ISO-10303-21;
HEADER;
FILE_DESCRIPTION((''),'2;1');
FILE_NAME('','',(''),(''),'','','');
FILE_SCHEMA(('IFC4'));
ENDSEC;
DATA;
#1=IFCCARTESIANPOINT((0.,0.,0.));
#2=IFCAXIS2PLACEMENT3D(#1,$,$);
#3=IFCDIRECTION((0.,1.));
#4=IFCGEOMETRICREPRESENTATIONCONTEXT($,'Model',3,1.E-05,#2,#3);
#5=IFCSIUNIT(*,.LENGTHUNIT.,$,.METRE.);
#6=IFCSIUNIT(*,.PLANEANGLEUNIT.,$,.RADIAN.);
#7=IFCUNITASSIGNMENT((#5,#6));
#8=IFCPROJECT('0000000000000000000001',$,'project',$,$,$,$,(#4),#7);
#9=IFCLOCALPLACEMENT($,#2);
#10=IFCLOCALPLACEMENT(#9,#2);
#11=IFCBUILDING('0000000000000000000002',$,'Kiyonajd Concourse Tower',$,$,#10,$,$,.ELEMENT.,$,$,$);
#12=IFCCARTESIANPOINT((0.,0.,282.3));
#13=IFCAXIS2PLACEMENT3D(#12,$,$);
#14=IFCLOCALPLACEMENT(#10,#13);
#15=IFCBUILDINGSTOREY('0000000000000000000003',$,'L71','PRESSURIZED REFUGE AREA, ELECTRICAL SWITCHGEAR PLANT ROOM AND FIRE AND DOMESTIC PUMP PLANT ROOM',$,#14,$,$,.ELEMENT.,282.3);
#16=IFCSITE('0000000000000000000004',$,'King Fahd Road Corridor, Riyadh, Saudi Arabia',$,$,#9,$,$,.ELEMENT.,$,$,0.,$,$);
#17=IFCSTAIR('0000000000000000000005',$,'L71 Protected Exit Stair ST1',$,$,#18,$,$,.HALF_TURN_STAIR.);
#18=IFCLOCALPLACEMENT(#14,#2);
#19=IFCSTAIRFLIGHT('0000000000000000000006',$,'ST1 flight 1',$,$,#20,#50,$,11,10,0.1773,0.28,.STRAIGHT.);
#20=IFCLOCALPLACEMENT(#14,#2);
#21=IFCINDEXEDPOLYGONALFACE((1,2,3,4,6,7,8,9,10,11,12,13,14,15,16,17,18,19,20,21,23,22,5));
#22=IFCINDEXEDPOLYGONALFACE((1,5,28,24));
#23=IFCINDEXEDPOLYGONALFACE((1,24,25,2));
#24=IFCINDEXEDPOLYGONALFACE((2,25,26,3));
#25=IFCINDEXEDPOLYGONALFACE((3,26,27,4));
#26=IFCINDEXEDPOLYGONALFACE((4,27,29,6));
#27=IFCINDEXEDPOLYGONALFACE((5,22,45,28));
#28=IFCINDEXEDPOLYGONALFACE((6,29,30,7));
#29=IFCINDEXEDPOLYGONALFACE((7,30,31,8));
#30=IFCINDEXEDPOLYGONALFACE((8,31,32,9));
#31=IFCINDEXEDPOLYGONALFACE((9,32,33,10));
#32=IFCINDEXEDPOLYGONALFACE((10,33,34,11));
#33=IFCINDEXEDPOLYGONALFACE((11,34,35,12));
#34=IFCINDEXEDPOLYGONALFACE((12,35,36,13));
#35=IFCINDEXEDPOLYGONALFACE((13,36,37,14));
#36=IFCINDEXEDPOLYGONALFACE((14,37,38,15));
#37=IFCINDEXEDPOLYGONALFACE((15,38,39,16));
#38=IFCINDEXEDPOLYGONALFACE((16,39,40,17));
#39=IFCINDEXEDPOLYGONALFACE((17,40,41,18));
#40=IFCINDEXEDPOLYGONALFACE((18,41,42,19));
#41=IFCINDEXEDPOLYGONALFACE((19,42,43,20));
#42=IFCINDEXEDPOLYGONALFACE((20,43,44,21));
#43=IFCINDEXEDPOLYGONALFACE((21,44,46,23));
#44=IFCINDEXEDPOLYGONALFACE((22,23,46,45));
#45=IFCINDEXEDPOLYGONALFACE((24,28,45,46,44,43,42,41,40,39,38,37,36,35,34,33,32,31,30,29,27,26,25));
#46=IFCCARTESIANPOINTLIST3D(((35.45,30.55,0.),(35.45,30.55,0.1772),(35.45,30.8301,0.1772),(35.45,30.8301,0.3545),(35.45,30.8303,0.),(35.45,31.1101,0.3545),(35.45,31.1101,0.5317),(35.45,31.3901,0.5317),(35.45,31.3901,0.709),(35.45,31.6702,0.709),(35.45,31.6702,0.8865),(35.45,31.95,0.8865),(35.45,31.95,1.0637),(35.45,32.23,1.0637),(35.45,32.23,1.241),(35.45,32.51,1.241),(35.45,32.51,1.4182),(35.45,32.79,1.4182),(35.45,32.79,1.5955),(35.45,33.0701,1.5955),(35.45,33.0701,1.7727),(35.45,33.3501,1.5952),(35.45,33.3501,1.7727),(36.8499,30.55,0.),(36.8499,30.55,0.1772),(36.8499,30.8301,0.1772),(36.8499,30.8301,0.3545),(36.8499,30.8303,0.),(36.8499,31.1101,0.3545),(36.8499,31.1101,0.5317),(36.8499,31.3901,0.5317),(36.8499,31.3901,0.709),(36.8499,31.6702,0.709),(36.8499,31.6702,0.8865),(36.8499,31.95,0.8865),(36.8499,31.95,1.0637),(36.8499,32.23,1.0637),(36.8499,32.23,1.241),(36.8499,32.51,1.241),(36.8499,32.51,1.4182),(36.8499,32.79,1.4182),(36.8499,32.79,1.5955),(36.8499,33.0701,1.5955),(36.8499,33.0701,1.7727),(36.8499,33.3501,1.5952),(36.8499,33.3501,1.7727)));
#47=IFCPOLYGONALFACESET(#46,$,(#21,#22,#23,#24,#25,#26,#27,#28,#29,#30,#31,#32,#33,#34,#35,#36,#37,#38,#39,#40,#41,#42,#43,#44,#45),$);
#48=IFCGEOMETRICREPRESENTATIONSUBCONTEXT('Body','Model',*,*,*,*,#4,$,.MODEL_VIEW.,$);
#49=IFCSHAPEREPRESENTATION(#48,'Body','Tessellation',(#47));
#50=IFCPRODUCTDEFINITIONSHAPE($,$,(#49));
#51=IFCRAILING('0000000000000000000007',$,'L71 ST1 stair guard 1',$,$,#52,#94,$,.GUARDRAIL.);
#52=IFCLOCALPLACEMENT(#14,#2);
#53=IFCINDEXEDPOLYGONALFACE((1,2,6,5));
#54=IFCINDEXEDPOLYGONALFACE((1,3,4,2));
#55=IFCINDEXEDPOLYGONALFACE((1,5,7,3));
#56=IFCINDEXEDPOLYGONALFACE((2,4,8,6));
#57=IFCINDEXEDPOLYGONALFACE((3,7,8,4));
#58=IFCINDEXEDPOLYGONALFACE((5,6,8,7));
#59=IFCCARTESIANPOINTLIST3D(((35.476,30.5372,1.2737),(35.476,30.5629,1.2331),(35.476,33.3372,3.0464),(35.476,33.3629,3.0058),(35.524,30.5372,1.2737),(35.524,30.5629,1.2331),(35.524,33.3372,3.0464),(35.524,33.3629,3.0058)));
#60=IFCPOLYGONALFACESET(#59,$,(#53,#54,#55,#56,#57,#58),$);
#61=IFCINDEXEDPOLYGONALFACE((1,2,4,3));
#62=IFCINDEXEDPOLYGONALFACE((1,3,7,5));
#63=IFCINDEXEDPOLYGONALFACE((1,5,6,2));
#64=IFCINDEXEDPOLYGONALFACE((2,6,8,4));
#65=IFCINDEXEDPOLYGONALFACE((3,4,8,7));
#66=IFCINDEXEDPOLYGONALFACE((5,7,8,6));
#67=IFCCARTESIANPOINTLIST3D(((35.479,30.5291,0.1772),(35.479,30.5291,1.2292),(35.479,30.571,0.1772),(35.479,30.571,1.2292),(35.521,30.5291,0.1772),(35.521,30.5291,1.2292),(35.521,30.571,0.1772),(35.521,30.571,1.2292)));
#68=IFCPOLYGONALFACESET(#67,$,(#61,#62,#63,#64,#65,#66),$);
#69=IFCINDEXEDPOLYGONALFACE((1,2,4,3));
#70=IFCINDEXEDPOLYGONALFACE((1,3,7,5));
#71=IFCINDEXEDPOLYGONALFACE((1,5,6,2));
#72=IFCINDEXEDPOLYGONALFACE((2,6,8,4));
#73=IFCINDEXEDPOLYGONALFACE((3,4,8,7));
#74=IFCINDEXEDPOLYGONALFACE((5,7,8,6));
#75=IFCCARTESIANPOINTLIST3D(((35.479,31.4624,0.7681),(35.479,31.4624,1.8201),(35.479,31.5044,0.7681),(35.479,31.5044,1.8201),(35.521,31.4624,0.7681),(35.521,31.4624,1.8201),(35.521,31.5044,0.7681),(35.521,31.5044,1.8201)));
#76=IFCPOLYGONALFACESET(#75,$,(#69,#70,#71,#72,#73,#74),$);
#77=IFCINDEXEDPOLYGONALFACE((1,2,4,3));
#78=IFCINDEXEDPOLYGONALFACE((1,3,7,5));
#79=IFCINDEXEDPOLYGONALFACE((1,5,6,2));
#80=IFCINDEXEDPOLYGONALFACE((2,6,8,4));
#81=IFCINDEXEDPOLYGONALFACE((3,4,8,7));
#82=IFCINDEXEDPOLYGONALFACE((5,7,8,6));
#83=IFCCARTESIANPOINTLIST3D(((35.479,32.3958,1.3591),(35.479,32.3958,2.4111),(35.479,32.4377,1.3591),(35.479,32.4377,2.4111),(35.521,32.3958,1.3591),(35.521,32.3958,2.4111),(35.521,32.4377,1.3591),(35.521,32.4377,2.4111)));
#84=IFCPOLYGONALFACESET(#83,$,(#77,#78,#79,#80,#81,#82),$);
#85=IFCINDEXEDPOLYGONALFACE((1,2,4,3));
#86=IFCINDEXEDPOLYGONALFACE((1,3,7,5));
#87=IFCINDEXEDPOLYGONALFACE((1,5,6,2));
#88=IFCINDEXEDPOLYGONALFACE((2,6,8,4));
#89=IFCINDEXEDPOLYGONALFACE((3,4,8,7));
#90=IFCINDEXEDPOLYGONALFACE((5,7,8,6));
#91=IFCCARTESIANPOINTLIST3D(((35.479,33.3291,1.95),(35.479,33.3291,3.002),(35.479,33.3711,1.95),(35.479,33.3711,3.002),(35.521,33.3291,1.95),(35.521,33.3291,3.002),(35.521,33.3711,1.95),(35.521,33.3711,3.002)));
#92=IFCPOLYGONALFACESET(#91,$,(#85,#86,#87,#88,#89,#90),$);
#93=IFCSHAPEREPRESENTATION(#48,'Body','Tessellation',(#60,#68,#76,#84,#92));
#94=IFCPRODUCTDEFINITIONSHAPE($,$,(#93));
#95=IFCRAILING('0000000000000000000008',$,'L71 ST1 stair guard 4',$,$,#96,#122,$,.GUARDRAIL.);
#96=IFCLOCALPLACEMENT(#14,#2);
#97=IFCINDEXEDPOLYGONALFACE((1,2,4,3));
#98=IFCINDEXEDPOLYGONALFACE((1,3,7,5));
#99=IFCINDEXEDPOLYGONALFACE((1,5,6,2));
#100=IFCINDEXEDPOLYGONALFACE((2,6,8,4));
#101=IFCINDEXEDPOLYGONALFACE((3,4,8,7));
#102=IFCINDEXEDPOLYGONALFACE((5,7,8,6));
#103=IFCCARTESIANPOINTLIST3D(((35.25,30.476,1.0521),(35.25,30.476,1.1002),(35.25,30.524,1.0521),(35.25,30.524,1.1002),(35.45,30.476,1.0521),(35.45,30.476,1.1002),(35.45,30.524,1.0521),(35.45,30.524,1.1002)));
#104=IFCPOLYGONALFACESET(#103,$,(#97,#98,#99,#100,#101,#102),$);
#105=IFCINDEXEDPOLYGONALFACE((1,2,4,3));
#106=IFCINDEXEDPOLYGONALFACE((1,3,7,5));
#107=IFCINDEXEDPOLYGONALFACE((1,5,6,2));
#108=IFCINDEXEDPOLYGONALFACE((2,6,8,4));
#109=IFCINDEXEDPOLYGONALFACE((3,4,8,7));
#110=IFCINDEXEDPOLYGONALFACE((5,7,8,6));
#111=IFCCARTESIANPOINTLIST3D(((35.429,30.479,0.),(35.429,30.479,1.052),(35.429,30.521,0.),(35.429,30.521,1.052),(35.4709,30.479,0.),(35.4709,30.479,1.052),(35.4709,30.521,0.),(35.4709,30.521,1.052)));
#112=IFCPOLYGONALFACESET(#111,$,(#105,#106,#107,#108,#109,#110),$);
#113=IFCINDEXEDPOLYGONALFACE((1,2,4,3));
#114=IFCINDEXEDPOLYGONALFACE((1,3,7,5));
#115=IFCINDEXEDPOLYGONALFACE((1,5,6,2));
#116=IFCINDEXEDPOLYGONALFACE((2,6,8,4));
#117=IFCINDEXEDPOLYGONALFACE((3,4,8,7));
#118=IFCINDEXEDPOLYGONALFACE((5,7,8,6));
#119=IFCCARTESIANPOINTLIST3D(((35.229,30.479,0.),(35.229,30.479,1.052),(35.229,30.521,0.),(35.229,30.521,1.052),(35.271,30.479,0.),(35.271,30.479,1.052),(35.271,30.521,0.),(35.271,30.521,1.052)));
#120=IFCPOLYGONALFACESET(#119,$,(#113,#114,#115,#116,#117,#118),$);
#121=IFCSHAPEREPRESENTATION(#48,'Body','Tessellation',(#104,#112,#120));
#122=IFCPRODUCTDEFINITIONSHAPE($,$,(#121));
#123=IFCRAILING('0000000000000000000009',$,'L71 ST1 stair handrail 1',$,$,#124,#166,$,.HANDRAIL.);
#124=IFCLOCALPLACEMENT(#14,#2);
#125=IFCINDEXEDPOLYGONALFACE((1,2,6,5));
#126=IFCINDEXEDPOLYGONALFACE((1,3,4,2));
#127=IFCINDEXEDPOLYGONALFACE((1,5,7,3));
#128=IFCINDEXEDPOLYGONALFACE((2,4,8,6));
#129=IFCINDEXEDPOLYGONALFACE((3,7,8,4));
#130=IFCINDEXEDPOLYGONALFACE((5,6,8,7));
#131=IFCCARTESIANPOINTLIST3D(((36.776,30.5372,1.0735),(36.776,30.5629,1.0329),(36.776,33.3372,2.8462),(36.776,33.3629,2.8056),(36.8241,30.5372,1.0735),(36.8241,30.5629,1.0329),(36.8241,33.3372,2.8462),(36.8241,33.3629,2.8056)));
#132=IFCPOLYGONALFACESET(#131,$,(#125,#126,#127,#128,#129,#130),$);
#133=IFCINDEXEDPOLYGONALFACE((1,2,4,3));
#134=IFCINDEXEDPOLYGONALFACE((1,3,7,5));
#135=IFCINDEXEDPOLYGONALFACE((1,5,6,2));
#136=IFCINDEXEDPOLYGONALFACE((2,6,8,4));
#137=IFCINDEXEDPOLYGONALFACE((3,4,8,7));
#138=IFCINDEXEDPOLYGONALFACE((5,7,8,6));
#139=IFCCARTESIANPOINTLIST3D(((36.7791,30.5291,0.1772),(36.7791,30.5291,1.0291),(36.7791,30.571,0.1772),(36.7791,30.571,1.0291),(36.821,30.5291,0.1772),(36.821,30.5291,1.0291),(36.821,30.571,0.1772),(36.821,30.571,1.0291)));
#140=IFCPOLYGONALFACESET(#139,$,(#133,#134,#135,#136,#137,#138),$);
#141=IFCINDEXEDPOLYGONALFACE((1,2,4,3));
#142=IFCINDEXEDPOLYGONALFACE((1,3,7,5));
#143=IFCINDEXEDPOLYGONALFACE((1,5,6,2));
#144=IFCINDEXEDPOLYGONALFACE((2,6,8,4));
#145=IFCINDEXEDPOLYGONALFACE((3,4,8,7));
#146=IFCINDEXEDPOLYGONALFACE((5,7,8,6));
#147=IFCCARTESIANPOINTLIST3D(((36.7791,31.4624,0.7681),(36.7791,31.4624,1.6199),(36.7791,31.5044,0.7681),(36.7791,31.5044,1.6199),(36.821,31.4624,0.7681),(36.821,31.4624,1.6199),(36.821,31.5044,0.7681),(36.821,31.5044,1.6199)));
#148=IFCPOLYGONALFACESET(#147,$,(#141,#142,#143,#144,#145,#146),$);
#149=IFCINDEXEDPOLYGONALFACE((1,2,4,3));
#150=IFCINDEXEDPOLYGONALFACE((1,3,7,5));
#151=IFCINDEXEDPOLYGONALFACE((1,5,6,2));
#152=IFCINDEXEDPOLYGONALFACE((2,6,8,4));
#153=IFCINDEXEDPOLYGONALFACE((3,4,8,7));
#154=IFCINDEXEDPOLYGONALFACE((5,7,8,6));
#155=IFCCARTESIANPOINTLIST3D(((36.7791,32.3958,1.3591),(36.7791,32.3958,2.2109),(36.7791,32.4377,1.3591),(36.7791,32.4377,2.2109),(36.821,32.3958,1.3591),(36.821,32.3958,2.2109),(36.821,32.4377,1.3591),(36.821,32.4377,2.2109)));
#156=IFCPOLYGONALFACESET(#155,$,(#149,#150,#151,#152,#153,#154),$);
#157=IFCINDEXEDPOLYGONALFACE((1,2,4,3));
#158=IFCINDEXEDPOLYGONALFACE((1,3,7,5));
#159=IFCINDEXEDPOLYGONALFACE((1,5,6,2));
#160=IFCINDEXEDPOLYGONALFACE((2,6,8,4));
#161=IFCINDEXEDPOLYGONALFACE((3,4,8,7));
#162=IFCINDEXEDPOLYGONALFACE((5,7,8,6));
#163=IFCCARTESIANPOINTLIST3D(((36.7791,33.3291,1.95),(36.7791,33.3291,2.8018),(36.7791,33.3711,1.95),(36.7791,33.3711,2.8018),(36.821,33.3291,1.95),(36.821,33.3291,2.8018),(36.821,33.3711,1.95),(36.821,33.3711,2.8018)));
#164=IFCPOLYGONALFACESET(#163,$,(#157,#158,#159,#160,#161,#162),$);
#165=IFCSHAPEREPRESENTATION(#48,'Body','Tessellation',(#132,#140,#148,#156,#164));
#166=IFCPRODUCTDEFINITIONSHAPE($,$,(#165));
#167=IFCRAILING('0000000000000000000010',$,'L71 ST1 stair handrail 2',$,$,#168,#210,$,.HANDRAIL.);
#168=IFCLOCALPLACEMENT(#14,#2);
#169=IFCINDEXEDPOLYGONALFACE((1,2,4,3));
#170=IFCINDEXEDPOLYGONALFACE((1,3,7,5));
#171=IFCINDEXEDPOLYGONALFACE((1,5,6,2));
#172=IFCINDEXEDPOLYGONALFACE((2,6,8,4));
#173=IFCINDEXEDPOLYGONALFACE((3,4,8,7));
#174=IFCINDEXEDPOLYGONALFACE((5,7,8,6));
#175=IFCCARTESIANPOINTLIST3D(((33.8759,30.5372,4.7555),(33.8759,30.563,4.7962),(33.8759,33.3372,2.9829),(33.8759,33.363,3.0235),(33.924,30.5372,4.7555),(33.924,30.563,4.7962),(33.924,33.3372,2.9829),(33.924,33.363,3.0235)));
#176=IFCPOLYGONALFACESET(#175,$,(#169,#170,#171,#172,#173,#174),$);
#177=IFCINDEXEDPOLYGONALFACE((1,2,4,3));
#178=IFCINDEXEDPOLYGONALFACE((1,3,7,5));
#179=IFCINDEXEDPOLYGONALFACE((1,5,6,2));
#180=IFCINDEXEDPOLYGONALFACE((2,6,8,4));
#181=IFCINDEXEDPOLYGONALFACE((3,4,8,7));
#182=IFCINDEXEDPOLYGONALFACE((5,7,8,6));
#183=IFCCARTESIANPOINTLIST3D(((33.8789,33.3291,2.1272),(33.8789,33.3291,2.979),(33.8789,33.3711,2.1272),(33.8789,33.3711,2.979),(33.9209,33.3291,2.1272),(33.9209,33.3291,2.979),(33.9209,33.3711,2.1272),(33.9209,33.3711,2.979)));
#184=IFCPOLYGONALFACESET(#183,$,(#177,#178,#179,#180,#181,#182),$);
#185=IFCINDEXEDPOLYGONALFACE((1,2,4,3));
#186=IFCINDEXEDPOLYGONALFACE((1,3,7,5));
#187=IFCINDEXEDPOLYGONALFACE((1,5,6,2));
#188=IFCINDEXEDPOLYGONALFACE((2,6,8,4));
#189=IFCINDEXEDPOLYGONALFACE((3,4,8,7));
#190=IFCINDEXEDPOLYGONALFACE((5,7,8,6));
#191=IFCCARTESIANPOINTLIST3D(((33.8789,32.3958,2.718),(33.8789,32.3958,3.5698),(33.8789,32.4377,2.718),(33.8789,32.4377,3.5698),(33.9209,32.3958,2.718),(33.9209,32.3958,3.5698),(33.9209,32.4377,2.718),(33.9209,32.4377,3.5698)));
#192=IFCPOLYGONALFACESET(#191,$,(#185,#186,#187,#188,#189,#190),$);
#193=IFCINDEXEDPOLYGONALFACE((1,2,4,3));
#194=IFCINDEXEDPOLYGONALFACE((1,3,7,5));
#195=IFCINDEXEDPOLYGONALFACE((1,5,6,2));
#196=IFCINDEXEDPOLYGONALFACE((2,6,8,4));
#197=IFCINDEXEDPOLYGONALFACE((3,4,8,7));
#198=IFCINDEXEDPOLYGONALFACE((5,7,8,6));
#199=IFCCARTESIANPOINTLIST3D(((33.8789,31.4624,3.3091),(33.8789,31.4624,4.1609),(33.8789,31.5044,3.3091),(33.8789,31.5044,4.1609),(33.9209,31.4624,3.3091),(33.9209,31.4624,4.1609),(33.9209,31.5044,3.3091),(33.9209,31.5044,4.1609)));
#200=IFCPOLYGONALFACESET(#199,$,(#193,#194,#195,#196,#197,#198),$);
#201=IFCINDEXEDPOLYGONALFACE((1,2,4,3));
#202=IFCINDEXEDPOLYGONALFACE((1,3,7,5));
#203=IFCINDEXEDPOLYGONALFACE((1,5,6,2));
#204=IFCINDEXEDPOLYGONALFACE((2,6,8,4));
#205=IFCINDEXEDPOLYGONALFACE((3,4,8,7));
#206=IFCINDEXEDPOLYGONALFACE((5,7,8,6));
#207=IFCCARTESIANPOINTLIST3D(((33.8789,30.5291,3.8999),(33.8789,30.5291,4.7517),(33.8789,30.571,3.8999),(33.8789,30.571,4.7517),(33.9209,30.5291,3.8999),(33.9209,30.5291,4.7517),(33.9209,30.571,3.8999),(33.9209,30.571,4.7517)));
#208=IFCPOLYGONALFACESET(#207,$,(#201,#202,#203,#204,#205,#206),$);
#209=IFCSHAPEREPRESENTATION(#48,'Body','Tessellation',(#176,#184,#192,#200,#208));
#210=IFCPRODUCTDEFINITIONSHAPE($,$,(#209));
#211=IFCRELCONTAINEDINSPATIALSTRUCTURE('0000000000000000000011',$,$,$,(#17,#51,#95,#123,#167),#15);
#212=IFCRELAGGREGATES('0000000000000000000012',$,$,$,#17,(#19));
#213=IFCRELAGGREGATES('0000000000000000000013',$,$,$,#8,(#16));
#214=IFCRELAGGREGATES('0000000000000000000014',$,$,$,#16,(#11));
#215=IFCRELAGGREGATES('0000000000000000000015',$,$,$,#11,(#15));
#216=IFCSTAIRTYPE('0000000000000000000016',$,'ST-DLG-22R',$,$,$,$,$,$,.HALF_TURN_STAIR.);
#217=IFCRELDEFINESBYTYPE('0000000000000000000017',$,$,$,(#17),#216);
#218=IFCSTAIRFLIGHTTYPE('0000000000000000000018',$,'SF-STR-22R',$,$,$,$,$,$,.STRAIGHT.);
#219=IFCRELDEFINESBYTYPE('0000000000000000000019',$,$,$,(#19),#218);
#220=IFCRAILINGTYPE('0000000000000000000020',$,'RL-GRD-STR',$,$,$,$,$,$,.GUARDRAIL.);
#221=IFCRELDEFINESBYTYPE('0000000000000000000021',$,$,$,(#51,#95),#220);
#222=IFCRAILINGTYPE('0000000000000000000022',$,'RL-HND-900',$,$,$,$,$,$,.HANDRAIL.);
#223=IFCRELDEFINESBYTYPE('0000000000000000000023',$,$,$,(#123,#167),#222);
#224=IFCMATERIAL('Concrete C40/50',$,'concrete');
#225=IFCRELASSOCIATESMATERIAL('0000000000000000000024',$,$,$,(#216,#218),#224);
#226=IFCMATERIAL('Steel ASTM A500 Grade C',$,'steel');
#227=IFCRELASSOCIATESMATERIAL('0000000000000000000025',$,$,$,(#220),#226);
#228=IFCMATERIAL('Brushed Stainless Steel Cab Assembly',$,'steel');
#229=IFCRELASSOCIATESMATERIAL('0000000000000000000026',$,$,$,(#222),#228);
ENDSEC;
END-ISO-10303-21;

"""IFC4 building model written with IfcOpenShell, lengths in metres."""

from ifc_helpers import new_model, si_unit, direction, frame, origin, origin_2d, place, context, subcontext, project, spatial, polyline, rectangle, outline, extrude, material, type_object, element, aggregate, save


model = new_model("IFC4")

# Units and contexts
model_context = context("Model", 3, precision=1e-05, world=origin(), true_north=direction((0.0, 1.0)))
body_context = subcontext(model_context, "Body", "Model", "MODEL_VIEW")
ifc_project = project(units=[si_unit("LENGTHUNIT", "METRE"), si_unit("PLANEANGLEUNIT", "RADIAN")], contexts=[model_context])

# Site, building, storey
site_placement = place(None, origin())
site = spatial("IfcSite", under=ifc_project, at=site_placement, Name="King Fahd Road Corridor, Riyadh, Saudi Arabia", CompositionType="ELEMENT", RefElevation=0.0)
building_placement = place(site_placement, origin())
building = spatial("IfcBuilding", under=site, at=building_placement, Name="Kiyonajd Concourse Tower", CompositionType="ELEMENT")
storey_placement = place(building_placement, frame((0.0, 0.0, 282.3)))
storey = spatial("IfcBuildingStorey", under=building, at=storey_placement, Name="L71", Description="PRESSURIZED REFUGE AREA, ELECTRICAL SWITCHGEAR PLANT ROOM AND FIRE AND DOMESTIC PUMP PLANT ROOM", CompositionType="ELEMENT", Elevation=282.3)

# Shared definitions
ifc_material_1 = material(Name="Steel ASTM A500 Grade C", Category="steel")

# Shared definitions
ifc_material_2 = material(Name="Brushed Stainless Steel Cab Assembly", Category="steel")

# Stair, stair flight
ifc_material_3 = material(Name="Concrete C40/50", Category="concrete")
stair_type = type_object("IfcStairType", Name="ST-DLG-22R", PredefinedType="HALF_TURN_STAIR", material=ifc_material_3)
stair_placement = place(storey_placement, origin())
stair = element("IfcStair", 1, at=stair_placement, inside=storey, type_object=stair_type, Name="L71 Protected Exit Stair ST1", PredefinedType="HALF_TURN_STAIR")
stair_flight_type = type_object("IfcStairFlightType", Name="SF-STR-22R", PredefinedType="STRAIGHT", material=ifc_material_3)
stair_flight_placement = place(storey_placement, frame((36.1499, 30.55, 0.0), z_axis=(0.0, 0.0, 1.0), x_axis=(0.0, 1.0, 0.0)))
stair_flight = element("IfcStairFlight", 2, at=stair_flight_placement, type_object=stair_flight_type, Name="ST1 flight 1", NumberOfRisers=11, NumberOfTreads=10, PredefinedType="STRAIGHT", RiserHeight=0.1773, TreadLength=0.28, context=body_context, shape_type="SweptSolid", body=[
    extrude(outline(polyline([(0.0, 0.0), (0.0, 0.1772), (0.28, 0.1772), (0.28, 0.3545), (0.5601, 0.3545), (0.5601, 0.5317), (0.8401, 0.5317), (0.8401, 0.709), (1.1201, 0.709), (1.1201, 0.8865), (1.3999, 0.8865), (1.3999, 1.0637), (1.6799, 1.0637), (1.6799, 1.241), (1.96, 1.241), (1.96, 1.4182), (2.24, 1.4182), (2.24, 1.5955), (2.52, 1.5955), (2.52, 1.7727), (2.8, 1.7727), (2.8, 1.95), (2.8, 1.5952), (0.2803, 0.0), (0.0, 0.0)])), frame((0.0, 0.7, 0.0), z_axis=(0.0, -1.0, 0.0), x_axis=(1.0, 0.0, 0.0)), (0.0, 0.0, 1.0), 1.3999),
])
aggregate(stair, [stair_flight])

# Railings
railing_type_1 = type_object("IfcRailingType", Name="RL-GRD-STR", PredefinedType="GUARDRAIL", material=ifc_material_1)
railing_1_placement = place(storey_placement, frame((35.5, 30.55, 0.1772)))
element("IfcRailing", 3, at=railing_1_placement, inside=storey, type_object=railing_type_1, Name="L71 ST1 stair guard 1", PredefinedType="GUARDRAIL", context=body_context, shape_type="SweptSolid", body=[
    extrude(rectangle(XDim=0.0481, YDim=0.0481, at=origin_2d()), frame((0.0, 0.0, 1.0762), z_axis=(0.0, 0.844909, 0.53491), x_axis=(-1.0, 0.0, 0.0)), (0.0, 0.0, 1.0), 3.314),
    extrude(rectangle(XDim=0.042, YDim=0.042, at=origin_2d()), origin(), (0.0, 0.0, 1.0), 1.052),
    extrude(rectangle(XDim=0.042, YDim=0.042, at=origin_2d()), frame((0.0, 0.9333, 0.5908)), (0.0, 0.0, 1.0), 1.052),
    extrude(rectangle(XDim=0.042, YDim=0.042, at=origin_2d()), frame((0.0, 1.8667, 1.1819)), (0.0, 0.0, 1.0), 1.052),
    extrude(rectangle(XDim=0.042, YDim=0.042, at=origin_2d()), frame((0.0, 2.8, 1.7727)), (0.0, 0.0, 1.0), 1.052),
])
railing_2_placement = place(storey_placement, frame((35.45, 30.5, 0.0)))
element("IfcRailing", 4, at=railing_2_placement, inside=storey, type_object=railing_type_1, Name="L71 ST1 stair guard 4", PredefinedType="GUARDRAIL", context=body_context, shape_type="SweptSolid", body=[
    extrude(rectangle(XDim=0.0481, YDim=0.0481, at=origin_2d()), frame((0.0, 0.0, 1.0762), z_axis=(-1.0, 0.0, 0.0), x_axis=(0.0, -1.0, 0.0)), (0.0, 0.0, 1.0), 0.2),
    extrude(rectangle(XDim=0.042, YDim=0.042, at=origin_2d()), origin(), (0.0, 0.0, 1.0), 1.052),
    extrude(rectangle(XDim=0.042, YDim=0.042, at=origin_2d()), frame((-0.2, 0.0, 0.0)), (0.0, 0.0, 1.0), 1.052),
])
railing_type_2 = type_object("IfcRailingType", Name="RL-HND-900", PredefinedType="HANDRAIL", material=ifc_material_2)
railing_3_placement = place(storey_placement, frame((36.8, 30.55, 0.1772)))
element("IfcRailing", 5, at=railing_3_placement, inside=storey, type_object=railing_type_2, Name="L71 ST1 stair handrail 1", PredefinedType="HANDRAIL", context=body_context, shape_type="SweptSolid", body=[
    extrude(rectangle(XDim=0.0481, YDim=0.0481, at=origin_2d()), frame((0.0, 0.0, 0.876), z_axis=(0.0, 0.844909, 0.53491), x_axis=(-1.0, 0.0, 0.0)), (0.0, 0.0, 1.0), 3.314),
    extrude(rectangle(XDim=0.042, YDim=0.042, at=origin_2d()), origin(), (0.0, 0.0, 1.0), 0.8518),
    extrude(rectangle(XDim=0.042, YDim=0.042, at=origin_2d()), frame((0.0, 0.9333, 0.5908)), (0.0, 0.0, 1.0), 0.8518),
    extrude(rectangle(XDim=0.042, YDim=0.042, at=origin_2d()), frame((0.0, 1.8667, 1.1819)), (0.0, 0.0, 1.0), 0.8518),
    extrude(rectangle(XDim=0.042, YDim=0.042, at=origin_2d()), frame((0.0, 2.8, 1.7727)), (0.0, 0.0, 1.0), 0.8518),
])
railing_4_placement = place(storey_placement, frame((33.8999, 33.3501, 2.1272)))
element("IfcRailing", 6, at=railing_4_placement, inside=storey, type_object=railing_type_2, Name="L71 ST1 stair handrail 2", PredefinedType="HANDRAIL", context=body_context, shape_type="SweptSolid", body=[
    extrude(rectangle(XDim=0.0481, YDim=0.0481, at=origin_2d()), frame((0.0, 0.0, 0.876), z_axis=(0.0, -0.844909, 0.53491), x_axis=(1.0, 0.0, 0.0)), (0.0, 0.0, 1.0), 3.314),
    extrude(rectangle(XDim=0.042, YDim=0.042, at=origin_2d()), origin(), (0.0, 0.0, 1.0), 0.8518),
    extrude(rectangle(XDim=0.042, YDim=0.042, at=origin_2d()), frame((0.0, -0.9333, 0.5908)), (0.0, 0.0, 1.0), 0.8518),
    extrude(rectangle(XDim=0.042, YDim=0.042, at=origin_2d()), frame((0.0, -1.8667, 1.1819)), (0.0, 0.0, 1.0), 0.8518),
    extrude(rectangle(XDim=0.042, YDim=0.042, at=origin_2d()), frame((0.0, -2.8, 1.7727)), (0.0, 0.0, 1.0), 0.8518),
])

save(model, "model.ifc")
